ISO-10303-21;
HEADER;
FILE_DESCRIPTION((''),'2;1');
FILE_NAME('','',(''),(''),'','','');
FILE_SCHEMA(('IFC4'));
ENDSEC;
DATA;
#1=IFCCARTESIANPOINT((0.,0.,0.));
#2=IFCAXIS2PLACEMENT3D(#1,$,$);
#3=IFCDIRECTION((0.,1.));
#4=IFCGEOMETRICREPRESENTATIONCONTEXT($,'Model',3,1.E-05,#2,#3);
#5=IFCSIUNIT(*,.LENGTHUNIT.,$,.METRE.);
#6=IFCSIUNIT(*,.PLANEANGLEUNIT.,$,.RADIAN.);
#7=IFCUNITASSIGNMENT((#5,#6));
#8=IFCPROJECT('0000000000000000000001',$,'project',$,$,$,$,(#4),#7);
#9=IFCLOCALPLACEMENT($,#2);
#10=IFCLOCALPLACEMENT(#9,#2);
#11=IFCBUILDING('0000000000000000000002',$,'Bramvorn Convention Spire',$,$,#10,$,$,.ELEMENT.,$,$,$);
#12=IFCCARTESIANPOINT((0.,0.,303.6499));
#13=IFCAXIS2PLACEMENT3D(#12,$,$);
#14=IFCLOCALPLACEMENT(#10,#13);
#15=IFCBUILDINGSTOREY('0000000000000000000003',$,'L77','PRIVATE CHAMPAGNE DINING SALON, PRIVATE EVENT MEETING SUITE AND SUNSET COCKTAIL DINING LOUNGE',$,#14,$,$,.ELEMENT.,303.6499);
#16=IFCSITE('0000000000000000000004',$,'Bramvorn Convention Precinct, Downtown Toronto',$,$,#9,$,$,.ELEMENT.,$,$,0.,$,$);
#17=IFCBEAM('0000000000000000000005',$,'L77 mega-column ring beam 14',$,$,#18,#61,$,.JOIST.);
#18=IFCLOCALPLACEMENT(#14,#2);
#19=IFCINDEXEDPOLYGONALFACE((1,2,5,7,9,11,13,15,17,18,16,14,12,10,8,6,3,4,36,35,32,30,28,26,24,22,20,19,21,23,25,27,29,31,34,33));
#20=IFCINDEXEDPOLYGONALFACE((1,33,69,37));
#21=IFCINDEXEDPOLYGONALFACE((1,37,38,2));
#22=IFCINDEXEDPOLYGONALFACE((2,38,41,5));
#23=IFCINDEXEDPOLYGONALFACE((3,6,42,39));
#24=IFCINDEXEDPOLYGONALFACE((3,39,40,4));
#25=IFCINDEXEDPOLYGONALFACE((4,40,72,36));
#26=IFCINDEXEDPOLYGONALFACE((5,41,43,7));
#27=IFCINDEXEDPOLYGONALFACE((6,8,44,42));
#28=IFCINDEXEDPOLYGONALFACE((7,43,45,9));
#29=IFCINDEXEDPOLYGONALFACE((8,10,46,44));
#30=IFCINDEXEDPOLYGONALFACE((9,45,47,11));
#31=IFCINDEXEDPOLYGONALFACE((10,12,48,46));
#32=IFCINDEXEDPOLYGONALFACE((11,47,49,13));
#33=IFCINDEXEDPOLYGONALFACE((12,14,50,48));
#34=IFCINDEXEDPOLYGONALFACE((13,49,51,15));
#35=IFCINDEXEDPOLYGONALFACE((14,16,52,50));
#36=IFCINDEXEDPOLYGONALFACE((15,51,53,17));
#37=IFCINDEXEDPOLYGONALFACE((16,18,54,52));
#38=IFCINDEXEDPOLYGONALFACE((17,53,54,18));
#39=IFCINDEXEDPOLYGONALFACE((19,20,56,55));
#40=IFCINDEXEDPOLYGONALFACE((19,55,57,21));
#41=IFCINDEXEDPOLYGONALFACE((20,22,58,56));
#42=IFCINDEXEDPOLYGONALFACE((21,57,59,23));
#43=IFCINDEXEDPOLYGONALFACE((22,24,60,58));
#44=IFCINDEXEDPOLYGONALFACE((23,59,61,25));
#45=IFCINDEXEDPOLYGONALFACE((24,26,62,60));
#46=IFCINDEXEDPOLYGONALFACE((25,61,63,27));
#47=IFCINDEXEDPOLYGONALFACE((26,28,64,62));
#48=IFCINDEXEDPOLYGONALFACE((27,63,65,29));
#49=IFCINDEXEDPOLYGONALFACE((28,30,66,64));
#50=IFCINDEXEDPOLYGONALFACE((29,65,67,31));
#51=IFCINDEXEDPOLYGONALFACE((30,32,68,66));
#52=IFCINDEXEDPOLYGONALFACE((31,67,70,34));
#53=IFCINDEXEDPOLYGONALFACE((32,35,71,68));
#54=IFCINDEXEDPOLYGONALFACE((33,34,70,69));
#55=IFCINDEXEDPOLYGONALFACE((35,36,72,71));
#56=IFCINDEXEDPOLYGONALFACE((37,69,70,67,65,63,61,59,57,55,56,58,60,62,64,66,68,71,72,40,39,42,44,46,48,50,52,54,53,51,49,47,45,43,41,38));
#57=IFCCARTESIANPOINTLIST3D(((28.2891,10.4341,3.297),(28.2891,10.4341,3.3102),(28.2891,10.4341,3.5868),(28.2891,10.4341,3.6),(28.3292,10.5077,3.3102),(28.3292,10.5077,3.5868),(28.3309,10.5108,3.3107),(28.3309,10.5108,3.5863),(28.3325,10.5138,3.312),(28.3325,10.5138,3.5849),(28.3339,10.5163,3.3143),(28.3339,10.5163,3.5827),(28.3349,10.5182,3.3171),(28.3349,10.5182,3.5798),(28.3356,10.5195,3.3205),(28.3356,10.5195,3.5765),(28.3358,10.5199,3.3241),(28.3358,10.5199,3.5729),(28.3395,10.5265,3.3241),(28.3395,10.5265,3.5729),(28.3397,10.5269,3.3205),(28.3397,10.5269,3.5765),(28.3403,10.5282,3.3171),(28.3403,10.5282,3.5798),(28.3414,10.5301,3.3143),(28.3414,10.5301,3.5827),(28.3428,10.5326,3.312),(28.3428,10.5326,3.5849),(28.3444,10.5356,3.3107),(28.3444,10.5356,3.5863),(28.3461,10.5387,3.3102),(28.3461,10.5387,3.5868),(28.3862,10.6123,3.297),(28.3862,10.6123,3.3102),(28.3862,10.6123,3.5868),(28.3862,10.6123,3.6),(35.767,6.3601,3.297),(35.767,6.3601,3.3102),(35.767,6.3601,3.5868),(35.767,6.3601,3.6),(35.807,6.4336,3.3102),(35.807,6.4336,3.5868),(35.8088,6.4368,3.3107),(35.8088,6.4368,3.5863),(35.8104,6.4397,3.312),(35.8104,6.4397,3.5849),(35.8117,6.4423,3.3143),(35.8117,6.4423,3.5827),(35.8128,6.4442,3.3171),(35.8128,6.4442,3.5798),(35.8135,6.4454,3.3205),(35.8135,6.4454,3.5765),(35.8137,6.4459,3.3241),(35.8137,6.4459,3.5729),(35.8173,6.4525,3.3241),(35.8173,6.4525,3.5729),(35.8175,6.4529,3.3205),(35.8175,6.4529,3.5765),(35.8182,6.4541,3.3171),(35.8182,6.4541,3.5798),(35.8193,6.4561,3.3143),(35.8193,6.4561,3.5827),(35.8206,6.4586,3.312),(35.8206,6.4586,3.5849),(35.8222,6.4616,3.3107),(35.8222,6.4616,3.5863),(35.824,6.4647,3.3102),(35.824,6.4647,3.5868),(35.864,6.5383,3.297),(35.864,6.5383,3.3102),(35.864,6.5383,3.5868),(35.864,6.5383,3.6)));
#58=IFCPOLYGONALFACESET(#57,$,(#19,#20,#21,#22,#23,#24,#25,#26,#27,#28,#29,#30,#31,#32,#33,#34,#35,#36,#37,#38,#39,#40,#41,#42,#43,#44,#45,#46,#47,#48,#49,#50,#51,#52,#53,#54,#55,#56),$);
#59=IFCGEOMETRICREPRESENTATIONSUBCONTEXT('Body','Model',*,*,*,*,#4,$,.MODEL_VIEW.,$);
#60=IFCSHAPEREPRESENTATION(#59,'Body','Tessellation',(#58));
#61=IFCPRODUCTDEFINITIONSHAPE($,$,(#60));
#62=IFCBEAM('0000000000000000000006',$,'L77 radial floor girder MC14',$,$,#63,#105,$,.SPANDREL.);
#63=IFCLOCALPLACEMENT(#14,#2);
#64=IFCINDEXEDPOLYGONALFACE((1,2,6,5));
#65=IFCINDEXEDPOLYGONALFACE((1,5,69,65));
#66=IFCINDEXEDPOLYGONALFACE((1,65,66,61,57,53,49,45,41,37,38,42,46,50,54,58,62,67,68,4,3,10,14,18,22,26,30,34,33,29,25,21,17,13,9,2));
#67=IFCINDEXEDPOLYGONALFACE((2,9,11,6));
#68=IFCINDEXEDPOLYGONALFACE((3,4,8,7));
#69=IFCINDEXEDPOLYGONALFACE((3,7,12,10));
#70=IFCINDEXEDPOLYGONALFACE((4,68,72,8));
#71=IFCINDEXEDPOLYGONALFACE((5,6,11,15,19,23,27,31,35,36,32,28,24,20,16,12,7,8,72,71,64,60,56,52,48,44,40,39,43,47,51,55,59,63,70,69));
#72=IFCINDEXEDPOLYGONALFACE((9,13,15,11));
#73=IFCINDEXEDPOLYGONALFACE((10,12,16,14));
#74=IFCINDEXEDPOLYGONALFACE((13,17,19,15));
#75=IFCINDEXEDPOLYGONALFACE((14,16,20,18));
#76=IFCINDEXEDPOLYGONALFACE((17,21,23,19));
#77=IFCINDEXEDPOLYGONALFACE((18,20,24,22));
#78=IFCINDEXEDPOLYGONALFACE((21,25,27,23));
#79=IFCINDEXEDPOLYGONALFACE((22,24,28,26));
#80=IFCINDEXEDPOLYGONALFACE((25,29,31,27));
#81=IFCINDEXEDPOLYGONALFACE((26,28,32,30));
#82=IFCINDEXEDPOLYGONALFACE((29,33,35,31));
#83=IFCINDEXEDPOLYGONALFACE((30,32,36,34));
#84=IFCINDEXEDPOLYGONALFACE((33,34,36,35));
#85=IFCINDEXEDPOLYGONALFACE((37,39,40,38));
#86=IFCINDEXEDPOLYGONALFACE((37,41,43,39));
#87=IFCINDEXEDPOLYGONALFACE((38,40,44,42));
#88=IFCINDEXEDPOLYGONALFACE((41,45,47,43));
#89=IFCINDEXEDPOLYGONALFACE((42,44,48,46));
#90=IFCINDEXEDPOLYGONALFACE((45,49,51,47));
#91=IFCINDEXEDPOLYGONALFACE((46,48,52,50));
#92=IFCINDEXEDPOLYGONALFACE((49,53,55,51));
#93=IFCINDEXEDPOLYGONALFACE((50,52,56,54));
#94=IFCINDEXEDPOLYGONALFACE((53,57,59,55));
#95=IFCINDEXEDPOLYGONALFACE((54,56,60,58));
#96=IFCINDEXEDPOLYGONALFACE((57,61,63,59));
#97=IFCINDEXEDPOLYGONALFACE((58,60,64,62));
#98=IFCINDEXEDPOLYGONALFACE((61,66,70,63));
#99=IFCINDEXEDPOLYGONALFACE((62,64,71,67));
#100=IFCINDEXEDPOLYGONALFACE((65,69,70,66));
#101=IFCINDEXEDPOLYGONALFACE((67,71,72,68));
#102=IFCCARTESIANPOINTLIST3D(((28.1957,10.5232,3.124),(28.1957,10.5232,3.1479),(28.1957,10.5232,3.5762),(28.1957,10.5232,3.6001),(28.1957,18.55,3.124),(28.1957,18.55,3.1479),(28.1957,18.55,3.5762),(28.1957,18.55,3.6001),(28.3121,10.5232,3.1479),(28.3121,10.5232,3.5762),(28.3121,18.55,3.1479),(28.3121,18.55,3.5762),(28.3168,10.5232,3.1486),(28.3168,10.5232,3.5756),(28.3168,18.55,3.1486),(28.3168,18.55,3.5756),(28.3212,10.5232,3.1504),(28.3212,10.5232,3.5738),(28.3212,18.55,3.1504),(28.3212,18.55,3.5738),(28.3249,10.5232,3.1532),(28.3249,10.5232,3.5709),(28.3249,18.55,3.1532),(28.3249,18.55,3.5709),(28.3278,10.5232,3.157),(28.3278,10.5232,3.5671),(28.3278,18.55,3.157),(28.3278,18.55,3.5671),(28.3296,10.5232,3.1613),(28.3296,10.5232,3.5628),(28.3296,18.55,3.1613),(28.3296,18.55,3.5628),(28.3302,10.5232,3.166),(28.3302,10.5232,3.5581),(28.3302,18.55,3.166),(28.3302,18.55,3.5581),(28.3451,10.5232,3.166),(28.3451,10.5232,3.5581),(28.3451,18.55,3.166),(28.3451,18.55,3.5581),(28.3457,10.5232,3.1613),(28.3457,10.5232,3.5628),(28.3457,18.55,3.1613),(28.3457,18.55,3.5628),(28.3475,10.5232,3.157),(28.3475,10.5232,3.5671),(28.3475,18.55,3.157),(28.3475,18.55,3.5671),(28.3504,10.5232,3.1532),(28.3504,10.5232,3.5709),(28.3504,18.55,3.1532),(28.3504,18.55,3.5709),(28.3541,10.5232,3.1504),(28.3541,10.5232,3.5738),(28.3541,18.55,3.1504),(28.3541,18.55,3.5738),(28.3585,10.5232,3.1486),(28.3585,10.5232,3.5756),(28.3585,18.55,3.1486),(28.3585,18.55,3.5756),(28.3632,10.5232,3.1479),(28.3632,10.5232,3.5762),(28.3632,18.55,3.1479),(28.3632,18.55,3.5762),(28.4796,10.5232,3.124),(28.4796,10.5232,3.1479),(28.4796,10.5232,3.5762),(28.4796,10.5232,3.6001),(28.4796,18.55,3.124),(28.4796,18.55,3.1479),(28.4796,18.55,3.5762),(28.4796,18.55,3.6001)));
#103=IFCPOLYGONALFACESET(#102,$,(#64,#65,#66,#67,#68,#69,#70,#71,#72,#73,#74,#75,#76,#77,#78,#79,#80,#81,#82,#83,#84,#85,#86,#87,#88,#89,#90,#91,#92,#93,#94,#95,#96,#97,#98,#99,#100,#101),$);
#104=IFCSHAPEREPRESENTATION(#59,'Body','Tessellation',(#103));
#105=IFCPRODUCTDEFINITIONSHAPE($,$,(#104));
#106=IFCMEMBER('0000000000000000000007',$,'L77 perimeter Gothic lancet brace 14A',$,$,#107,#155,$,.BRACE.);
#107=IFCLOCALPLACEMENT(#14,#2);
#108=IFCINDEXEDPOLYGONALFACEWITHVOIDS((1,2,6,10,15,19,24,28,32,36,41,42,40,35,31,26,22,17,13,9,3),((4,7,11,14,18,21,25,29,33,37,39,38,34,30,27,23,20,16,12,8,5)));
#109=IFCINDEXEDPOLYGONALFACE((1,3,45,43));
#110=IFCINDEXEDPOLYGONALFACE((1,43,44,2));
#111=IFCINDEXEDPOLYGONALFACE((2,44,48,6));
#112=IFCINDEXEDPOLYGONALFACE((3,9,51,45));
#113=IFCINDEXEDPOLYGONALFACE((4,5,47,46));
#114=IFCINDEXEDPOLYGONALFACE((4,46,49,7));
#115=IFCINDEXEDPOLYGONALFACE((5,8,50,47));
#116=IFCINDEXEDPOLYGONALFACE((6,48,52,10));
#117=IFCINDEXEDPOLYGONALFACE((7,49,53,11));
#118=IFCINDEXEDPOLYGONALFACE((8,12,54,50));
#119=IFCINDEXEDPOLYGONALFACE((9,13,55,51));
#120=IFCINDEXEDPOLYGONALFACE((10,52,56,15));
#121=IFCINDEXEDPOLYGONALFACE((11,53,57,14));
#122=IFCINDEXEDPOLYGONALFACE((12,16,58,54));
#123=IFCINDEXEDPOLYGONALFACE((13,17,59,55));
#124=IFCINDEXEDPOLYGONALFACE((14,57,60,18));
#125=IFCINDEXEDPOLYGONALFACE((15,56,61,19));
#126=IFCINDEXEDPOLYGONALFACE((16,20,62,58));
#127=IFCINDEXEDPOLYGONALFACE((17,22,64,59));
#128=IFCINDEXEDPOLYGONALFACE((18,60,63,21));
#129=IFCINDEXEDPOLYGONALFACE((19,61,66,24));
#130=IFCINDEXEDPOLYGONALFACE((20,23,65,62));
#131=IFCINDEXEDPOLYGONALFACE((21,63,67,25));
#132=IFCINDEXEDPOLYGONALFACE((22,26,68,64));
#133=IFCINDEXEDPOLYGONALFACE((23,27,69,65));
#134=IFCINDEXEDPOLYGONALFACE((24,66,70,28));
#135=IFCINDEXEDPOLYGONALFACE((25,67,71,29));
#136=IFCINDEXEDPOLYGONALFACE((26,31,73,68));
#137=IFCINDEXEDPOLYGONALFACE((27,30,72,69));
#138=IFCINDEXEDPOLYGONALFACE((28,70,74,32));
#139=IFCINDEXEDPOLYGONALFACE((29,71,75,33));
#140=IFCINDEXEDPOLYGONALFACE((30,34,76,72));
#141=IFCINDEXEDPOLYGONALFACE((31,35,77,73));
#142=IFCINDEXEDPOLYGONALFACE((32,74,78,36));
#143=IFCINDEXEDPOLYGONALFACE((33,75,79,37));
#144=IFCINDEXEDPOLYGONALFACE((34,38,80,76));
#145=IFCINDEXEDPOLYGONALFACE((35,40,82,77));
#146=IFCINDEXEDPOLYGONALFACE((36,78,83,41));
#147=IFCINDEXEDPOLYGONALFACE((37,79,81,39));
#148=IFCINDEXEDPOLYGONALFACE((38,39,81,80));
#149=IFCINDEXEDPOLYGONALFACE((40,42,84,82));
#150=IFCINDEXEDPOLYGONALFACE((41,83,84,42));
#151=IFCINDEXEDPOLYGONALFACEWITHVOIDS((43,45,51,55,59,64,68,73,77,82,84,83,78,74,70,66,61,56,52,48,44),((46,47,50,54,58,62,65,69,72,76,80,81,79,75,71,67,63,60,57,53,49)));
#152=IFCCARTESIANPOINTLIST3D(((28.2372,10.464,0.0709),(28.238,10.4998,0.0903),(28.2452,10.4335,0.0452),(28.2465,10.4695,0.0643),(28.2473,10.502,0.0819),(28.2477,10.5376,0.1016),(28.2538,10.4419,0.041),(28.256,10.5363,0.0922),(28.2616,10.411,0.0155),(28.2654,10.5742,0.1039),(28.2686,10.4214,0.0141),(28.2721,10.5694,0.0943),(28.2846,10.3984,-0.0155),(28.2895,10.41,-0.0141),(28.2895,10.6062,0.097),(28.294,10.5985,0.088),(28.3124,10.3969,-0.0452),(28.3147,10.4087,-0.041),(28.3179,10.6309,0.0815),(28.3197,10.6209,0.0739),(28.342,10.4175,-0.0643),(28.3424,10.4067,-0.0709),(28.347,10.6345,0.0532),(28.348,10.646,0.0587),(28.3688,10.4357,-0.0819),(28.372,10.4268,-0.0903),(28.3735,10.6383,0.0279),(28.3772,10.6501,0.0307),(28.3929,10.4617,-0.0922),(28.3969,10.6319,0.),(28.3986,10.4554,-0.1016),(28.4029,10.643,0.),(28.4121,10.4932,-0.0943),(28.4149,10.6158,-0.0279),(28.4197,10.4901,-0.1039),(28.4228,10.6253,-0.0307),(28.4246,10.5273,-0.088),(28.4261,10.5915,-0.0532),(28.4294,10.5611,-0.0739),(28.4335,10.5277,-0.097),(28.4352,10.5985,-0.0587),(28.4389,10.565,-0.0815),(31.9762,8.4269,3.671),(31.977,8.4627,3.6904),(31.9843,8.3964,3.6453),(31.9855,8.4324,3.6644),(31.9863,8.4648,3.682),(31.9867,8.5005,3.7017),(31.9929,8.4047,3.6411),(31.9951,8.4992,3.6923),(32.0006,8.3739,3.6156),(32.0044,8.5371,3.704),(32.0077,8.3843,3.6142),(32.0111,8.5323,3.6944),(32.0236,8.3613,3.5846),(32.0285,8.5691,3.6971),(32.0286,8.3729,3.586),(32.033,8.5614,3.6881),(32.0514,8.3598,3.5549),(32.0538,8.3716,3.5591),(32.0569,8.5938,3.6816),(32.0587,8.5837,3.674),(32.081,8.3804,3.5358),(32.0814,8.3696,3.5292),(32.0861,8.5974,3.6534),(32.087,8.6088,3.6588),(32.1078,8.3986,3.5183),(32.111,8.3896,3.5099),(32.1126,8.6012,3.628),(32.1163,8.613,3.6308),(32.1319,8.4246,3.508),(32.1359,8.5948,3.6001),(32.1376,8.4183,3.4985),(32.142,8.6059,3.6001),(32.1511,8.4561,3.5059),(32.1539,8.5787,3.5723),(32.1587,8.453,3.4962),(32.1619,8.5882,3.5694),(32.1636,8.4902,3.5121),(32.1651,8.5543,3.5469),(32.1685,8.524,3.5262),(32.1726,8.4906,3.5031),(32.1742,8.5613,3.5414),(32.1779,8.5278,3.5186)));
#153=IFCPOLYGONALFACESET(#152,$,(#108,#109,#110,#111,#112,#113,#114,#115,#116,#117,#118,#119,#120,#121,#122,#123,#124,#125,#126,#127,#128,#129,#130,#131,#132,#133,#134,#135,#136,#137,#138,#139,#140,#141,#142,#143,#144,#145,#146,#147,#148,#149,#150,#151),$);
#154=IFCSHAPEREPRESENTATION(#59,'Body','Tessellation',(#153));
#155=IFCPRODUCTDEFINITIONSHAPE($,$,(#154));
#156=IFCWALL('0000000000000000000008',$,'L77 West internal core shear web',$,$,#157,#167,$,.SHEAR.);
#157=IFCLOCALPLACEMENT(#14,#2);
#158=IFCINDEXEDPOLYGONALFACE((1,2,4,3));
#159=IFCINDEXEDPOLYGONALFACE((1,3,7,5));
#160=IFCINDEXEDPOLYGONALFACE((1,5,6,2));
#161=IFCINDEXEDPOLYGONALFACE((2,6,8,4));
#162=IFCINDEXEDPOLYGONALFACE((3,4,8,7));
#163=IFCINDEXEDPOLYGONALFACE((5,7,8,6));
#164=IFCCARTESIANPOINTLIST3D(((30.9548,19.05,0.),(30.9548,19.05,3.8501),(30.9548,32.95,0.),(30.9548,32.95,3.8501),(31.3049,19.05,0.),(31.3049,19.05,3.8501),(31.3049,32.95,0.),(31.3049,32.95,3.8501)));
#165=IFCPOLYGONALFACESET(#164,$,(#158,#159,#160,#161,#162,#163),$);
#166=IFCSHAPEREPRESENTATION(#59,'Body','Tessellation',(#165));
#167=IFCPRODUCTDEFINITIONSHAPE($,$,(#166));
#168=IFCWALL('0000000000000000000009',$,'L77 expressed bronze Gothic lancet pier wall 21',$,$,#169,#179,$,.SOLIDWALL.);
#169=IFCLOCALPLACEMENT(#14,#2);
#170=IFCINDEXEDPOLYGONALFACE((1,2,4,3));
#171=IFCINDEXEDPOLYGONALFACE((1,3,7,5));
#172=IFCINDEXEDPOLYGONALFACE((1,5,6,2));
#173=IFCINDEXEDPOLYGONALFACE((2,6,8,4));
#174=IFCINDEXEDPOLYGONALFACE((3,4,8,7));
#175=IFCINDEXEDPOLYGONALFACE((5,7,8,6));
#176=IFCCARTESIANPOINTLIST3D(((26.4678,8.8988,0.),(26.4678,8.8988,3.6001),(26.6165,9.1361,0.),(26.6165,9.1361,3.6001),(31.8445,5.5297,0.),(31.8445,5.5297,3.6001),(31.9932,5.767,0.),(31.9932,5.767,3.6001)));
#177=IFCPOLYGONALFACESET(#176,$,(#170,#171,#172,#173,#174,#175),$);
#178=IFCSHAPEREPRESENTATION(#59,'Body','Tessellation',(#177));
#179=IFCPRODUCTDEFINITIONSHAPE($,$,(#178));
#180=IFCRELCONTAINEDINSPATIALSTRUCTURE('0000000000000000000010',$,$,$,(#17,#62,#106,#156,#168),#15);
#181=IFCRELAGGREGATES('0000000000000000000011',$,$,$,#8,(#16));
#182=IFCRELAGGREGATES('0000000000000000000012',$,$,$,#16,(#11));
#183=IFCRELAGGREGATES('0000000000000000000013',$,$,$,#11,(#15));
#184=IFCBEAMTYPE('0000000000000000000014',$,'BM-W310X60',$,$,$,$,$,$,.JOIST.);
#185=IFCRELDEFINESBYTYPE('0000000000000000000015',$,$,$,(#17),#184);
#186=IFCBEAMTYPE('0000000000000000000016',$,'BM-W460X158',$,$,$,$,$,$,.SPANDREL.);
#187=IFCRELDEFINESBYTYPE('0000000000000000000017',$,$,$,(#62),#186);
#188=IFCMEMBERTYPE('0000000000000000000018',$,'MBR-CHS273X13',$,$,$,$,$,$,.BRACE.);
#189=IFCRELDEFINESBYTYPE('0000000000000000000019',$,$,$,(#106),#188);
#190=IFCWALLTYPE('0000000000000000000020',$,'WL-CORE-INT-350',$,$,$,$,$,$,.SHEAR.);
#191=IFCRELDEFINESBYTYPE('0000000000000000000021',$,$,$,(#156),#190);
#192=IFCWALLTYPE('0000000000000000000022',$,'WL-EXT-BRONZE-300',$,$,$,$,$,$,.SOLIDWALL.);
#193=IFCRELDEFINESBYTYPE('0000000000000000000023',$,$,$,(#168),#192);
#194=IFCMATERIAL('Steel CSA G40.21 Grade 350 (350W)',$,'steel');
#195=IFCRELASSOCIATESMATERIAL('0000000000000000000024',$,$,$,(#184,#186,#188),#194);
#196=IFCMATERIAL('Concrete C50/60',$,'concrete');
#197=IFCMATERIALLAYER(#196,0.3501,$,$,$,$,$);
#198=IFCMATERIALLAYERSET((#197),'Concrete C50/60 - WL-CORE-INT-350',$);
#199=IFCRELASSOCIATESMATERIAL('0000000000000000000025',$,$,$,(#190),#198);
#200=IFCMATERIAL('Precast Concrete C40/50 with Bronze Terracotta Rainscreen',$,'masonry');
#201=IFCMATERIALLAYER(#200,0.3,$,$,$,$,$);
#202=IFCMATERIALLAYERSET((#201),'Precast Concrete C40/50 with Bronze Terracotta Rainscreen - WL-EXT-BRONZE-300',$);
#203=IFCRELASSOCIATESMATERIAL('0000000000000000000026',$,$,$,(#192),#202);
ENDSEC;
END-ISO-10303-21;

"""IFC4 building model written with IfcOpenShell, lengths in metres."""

from ifc_helpers import new_model, si_unit, direction, frame, frame_2d, origin, origin_2d, place, context, subcontext, project, spatial, rectangle, hollow_circle, i_section, extrude, material, layer, layer_set, material_profile, profile_set, type_object, element, save


model = new_model("IFC4")

# Units and contexts
model_context = context("Model", 3, precision=1e-05, world=origin(), true_north=direction((0.0, 1.0)))
body_context = subcontext(model_context, "Body", "Model", "MODEL_VIEW")
ifc_project = project(units=[si_unit("LENGTHUNIT", "METRE"), si_unit("PLANEANGLEUNIT", "RADIAN")], contexts=[model_context])

# Site, building, storey
site_placement = place(None, origin())
site = spatial("IfcSite", under=ifc_project, at=site_placement, Name="Bramvorn Convention Precinct, Downtown Toronto", CompositionType="ELEMENT", RefElevation=0.0)
building_placement = place(site_placement, origin())
building = spatial("IfcBuilding", under=site, at=building_placement, Name="Bramvorn Convention Spire", CompositionType="ELEMENT")
storey_placement = place(building_placement, frame((0.0, 0.0, 303.6499)))
storey = spatial("IfcBuildingStorey", under=building, at=storey_placement, Name="L77", Description="PRIVATE CHAMPAGNE DINING SALON, PRIVATE EVENT MEETING SUITE AND SUNSET COCKTAIL DINING LOUNGE", CompositionType="ELEMENT", Elevation=303.6499)

# Shared definitions
ifc_material_1 = material(Name="Steel CSA G40.21 Grade 350 (350W)", Category="steel")

# Beams
ifc_material_profile_1 = material_profile(ifc_material_1, i_section(OverallWidth=0.2029, OverallDepth=0.303, WebThickness=0.0076, FlangeThickness=0.0132, FilletRadius=0.0139, at=origin_2d()))
ifc_profile_set_1 = profile_set([ifc_material_profile_1], Name="Steel CSA G40.21 Grade 350 (350W) - W310X60")
beam_type_1 = type_object("IfcBeamType", Name="BM-W310X60", PredefinedType="JOIST", material=ifc_profile_set_1)
beam_1_placement = place(storey_placement, frame((28.3376, 10.5232, 3.4485), z_axis=(0.878133, -0.478416, 0.0), x_axis=(0.478416, 0.878133, 0.0)))
element("IfcBeam", 1, at=beam_1_placement, inside=storey, type_object=beam_type_1, Name="L77 mega-column ring beam 14", PredefinedType="JOIST", context=body_context, shape_type="SweptSolid", body=[
    extrude(i_section(OverallWidth=0.2029, OverallDepth=0.303, WebThickness=0.0076, FlangeThickness=0.0132, FilletRadius=0.0139, at=origin_2d()), origin(), (0.0, 0.0, 1.0), 8.5156),
])
ifc_material_profile_2 = material_profile(ifc_material_1, i_section(OverallWidth=0.2839, OverallDepth=0.4761, WebThickness=0.0149, FlangeThickness=0.0239, FilletRadius=0.0181, at=origin_2d()))
ifc_profile_set_2 = profile_set([ifc_material_profile_2], Name="Steel CSA G40.21 Grade 350 (350W) - W460X158")
beam_type_2 = type_object("IfcBeamType", Name="BM-W460X158", PredefinedType="SPANDREL", material=ifc_profile_set_2)
beam_2_placement = place(storey_placement, frame((28.3376, 18.55, 3.3621), z_axis=(0.0, -1.0, 0.0), x_axis=(1.0, 0.0, 0.0)))
element("IfcBeam", 2, at=beam_2_placement, inside=storey, type_object=beam_type_2, Name="L77 radial floor girder MC14", PredefinedType="SPANDREL", context=body_context, shape_type="SweptSolid", body=[
    extrude(i_section(OverallWidth=0.2839, OverallDepth=0.4761, WebThickness=0.0149, FlangeThickness=0.0239, FilletRadius=0.0181, at=origin_2d()), origin(), (0.0, 0.0, 1.0), 8.0269),
])

# Member
ifc_material_profile_3 = material_profile(ifc_material_1, hollow_circle(Radius=0.1365, WallThickness=0.0127, at=origin_2d()))
ifc_profile_set_3 = profile_set([ifc_material_profile_3], Name="Steel CSA G40.21 Grade 350 (350W) - CHS273X13")
member_type = type_object("IfcMemberType", Name="MBR-CHS273X13", PredefinedType="BRACE", material=ifc_profile_set_3)
member_placement = place(storey_placement, frame((28.3376, 10.5232, 0.0), z_axis=(0.670566, -0.365341, 0.645652), x_axis=(0.478426, 0.878128, 0.0)))
element("IfcMember", 3, at=member_placement, inside=storey, type_object=member_type, Name="L77 perimeter Gothic lancet brace 14A", PredefinedType="BRACE", context=body_context, shape_type="SweptSolid", body=[
    extrude(hollow_circle(Radius=0.1365, WallThickness=0.0127, at=origin_2d()), origin(), (0.0, 0.0, 1.0), 5.5759),
])

# Walls
ifc_material_2 = material(Name="Concrete C50/60", Category="concrete")
ifc_layer_1 = layer(ifc_material_2, 0.3501)
ifc_layer_set_1 = layer_set([ifc_layer_1], Name="Concrete C50/60 - WL-CORE-INT-350")
wall_type_1 = type_object("IfcWallType", Name="WL-CORE-INT-350", PredefinedType="SHEAR", material=ifc_layer_set_1)
wall_1_placement = place(storey_placement, frame((31.1299, 19.05, 0.0), z_axis=(0.0, 0.0, 1.0), x_axis=(0.0, 1.0, 0.0)))
element("IfcWall", 4, at=wall_1_placement, inside=storey, type_object=wall_type_1, Name="L77 West internal core shear web", PredefinedType="SHEAR", context=body_context, shape_type="SweptSolid", body=[
    extrude(rectangle(XDim=13.8999, YDim=0.3501, at=frame_2d((6.95, 0.0))), origin(), (0.0, 0.0, 1.0), 3.8501),
])
ifc_material_3 = material(Name="Precast Concrete C40/50 with Bronze Terracotta Rainscreen", Category="masonry")
ifc_layer_2 = layer(ifc_material_3, 0.3)
ifc_layer_set_2 = layer_set([ifc_layer_2], Name="Precast Concrete C40/50 with Bronze Terracotta Rainscreen - WL-EXT-BRONZE-300")
wall_type_2 = type_object("IfcWallType", Name="WL-EXT-BRONZE-300", PredefinedType="SOLIDWALL", material=ifc_layer_set_2)
wall_2_placement = place(storey_placement, frame((31.9187, 5.6484, 0.0), z_axis=(0.0, 0.0, 1.0), x_axis=(-0.847382, 0.530984, 0.0)))
element("IfcWall", 5, at=wall_2_placement, inside=storey, type_object=wall_type_2, Name="L77 expressed bronze Gothic lancet pier wall 21", PredefinedType="SOLIDWALL", context=body_context, shape_type="SweptSolid", body=[
    extrude(rectangle(XDim=6.345, YDim=0.28, at=frame_2d((3.1724, 0.0))), origin(), (0.0, 0.0, 1.0), 3.6001),
])

save(model, "model.ifc")
